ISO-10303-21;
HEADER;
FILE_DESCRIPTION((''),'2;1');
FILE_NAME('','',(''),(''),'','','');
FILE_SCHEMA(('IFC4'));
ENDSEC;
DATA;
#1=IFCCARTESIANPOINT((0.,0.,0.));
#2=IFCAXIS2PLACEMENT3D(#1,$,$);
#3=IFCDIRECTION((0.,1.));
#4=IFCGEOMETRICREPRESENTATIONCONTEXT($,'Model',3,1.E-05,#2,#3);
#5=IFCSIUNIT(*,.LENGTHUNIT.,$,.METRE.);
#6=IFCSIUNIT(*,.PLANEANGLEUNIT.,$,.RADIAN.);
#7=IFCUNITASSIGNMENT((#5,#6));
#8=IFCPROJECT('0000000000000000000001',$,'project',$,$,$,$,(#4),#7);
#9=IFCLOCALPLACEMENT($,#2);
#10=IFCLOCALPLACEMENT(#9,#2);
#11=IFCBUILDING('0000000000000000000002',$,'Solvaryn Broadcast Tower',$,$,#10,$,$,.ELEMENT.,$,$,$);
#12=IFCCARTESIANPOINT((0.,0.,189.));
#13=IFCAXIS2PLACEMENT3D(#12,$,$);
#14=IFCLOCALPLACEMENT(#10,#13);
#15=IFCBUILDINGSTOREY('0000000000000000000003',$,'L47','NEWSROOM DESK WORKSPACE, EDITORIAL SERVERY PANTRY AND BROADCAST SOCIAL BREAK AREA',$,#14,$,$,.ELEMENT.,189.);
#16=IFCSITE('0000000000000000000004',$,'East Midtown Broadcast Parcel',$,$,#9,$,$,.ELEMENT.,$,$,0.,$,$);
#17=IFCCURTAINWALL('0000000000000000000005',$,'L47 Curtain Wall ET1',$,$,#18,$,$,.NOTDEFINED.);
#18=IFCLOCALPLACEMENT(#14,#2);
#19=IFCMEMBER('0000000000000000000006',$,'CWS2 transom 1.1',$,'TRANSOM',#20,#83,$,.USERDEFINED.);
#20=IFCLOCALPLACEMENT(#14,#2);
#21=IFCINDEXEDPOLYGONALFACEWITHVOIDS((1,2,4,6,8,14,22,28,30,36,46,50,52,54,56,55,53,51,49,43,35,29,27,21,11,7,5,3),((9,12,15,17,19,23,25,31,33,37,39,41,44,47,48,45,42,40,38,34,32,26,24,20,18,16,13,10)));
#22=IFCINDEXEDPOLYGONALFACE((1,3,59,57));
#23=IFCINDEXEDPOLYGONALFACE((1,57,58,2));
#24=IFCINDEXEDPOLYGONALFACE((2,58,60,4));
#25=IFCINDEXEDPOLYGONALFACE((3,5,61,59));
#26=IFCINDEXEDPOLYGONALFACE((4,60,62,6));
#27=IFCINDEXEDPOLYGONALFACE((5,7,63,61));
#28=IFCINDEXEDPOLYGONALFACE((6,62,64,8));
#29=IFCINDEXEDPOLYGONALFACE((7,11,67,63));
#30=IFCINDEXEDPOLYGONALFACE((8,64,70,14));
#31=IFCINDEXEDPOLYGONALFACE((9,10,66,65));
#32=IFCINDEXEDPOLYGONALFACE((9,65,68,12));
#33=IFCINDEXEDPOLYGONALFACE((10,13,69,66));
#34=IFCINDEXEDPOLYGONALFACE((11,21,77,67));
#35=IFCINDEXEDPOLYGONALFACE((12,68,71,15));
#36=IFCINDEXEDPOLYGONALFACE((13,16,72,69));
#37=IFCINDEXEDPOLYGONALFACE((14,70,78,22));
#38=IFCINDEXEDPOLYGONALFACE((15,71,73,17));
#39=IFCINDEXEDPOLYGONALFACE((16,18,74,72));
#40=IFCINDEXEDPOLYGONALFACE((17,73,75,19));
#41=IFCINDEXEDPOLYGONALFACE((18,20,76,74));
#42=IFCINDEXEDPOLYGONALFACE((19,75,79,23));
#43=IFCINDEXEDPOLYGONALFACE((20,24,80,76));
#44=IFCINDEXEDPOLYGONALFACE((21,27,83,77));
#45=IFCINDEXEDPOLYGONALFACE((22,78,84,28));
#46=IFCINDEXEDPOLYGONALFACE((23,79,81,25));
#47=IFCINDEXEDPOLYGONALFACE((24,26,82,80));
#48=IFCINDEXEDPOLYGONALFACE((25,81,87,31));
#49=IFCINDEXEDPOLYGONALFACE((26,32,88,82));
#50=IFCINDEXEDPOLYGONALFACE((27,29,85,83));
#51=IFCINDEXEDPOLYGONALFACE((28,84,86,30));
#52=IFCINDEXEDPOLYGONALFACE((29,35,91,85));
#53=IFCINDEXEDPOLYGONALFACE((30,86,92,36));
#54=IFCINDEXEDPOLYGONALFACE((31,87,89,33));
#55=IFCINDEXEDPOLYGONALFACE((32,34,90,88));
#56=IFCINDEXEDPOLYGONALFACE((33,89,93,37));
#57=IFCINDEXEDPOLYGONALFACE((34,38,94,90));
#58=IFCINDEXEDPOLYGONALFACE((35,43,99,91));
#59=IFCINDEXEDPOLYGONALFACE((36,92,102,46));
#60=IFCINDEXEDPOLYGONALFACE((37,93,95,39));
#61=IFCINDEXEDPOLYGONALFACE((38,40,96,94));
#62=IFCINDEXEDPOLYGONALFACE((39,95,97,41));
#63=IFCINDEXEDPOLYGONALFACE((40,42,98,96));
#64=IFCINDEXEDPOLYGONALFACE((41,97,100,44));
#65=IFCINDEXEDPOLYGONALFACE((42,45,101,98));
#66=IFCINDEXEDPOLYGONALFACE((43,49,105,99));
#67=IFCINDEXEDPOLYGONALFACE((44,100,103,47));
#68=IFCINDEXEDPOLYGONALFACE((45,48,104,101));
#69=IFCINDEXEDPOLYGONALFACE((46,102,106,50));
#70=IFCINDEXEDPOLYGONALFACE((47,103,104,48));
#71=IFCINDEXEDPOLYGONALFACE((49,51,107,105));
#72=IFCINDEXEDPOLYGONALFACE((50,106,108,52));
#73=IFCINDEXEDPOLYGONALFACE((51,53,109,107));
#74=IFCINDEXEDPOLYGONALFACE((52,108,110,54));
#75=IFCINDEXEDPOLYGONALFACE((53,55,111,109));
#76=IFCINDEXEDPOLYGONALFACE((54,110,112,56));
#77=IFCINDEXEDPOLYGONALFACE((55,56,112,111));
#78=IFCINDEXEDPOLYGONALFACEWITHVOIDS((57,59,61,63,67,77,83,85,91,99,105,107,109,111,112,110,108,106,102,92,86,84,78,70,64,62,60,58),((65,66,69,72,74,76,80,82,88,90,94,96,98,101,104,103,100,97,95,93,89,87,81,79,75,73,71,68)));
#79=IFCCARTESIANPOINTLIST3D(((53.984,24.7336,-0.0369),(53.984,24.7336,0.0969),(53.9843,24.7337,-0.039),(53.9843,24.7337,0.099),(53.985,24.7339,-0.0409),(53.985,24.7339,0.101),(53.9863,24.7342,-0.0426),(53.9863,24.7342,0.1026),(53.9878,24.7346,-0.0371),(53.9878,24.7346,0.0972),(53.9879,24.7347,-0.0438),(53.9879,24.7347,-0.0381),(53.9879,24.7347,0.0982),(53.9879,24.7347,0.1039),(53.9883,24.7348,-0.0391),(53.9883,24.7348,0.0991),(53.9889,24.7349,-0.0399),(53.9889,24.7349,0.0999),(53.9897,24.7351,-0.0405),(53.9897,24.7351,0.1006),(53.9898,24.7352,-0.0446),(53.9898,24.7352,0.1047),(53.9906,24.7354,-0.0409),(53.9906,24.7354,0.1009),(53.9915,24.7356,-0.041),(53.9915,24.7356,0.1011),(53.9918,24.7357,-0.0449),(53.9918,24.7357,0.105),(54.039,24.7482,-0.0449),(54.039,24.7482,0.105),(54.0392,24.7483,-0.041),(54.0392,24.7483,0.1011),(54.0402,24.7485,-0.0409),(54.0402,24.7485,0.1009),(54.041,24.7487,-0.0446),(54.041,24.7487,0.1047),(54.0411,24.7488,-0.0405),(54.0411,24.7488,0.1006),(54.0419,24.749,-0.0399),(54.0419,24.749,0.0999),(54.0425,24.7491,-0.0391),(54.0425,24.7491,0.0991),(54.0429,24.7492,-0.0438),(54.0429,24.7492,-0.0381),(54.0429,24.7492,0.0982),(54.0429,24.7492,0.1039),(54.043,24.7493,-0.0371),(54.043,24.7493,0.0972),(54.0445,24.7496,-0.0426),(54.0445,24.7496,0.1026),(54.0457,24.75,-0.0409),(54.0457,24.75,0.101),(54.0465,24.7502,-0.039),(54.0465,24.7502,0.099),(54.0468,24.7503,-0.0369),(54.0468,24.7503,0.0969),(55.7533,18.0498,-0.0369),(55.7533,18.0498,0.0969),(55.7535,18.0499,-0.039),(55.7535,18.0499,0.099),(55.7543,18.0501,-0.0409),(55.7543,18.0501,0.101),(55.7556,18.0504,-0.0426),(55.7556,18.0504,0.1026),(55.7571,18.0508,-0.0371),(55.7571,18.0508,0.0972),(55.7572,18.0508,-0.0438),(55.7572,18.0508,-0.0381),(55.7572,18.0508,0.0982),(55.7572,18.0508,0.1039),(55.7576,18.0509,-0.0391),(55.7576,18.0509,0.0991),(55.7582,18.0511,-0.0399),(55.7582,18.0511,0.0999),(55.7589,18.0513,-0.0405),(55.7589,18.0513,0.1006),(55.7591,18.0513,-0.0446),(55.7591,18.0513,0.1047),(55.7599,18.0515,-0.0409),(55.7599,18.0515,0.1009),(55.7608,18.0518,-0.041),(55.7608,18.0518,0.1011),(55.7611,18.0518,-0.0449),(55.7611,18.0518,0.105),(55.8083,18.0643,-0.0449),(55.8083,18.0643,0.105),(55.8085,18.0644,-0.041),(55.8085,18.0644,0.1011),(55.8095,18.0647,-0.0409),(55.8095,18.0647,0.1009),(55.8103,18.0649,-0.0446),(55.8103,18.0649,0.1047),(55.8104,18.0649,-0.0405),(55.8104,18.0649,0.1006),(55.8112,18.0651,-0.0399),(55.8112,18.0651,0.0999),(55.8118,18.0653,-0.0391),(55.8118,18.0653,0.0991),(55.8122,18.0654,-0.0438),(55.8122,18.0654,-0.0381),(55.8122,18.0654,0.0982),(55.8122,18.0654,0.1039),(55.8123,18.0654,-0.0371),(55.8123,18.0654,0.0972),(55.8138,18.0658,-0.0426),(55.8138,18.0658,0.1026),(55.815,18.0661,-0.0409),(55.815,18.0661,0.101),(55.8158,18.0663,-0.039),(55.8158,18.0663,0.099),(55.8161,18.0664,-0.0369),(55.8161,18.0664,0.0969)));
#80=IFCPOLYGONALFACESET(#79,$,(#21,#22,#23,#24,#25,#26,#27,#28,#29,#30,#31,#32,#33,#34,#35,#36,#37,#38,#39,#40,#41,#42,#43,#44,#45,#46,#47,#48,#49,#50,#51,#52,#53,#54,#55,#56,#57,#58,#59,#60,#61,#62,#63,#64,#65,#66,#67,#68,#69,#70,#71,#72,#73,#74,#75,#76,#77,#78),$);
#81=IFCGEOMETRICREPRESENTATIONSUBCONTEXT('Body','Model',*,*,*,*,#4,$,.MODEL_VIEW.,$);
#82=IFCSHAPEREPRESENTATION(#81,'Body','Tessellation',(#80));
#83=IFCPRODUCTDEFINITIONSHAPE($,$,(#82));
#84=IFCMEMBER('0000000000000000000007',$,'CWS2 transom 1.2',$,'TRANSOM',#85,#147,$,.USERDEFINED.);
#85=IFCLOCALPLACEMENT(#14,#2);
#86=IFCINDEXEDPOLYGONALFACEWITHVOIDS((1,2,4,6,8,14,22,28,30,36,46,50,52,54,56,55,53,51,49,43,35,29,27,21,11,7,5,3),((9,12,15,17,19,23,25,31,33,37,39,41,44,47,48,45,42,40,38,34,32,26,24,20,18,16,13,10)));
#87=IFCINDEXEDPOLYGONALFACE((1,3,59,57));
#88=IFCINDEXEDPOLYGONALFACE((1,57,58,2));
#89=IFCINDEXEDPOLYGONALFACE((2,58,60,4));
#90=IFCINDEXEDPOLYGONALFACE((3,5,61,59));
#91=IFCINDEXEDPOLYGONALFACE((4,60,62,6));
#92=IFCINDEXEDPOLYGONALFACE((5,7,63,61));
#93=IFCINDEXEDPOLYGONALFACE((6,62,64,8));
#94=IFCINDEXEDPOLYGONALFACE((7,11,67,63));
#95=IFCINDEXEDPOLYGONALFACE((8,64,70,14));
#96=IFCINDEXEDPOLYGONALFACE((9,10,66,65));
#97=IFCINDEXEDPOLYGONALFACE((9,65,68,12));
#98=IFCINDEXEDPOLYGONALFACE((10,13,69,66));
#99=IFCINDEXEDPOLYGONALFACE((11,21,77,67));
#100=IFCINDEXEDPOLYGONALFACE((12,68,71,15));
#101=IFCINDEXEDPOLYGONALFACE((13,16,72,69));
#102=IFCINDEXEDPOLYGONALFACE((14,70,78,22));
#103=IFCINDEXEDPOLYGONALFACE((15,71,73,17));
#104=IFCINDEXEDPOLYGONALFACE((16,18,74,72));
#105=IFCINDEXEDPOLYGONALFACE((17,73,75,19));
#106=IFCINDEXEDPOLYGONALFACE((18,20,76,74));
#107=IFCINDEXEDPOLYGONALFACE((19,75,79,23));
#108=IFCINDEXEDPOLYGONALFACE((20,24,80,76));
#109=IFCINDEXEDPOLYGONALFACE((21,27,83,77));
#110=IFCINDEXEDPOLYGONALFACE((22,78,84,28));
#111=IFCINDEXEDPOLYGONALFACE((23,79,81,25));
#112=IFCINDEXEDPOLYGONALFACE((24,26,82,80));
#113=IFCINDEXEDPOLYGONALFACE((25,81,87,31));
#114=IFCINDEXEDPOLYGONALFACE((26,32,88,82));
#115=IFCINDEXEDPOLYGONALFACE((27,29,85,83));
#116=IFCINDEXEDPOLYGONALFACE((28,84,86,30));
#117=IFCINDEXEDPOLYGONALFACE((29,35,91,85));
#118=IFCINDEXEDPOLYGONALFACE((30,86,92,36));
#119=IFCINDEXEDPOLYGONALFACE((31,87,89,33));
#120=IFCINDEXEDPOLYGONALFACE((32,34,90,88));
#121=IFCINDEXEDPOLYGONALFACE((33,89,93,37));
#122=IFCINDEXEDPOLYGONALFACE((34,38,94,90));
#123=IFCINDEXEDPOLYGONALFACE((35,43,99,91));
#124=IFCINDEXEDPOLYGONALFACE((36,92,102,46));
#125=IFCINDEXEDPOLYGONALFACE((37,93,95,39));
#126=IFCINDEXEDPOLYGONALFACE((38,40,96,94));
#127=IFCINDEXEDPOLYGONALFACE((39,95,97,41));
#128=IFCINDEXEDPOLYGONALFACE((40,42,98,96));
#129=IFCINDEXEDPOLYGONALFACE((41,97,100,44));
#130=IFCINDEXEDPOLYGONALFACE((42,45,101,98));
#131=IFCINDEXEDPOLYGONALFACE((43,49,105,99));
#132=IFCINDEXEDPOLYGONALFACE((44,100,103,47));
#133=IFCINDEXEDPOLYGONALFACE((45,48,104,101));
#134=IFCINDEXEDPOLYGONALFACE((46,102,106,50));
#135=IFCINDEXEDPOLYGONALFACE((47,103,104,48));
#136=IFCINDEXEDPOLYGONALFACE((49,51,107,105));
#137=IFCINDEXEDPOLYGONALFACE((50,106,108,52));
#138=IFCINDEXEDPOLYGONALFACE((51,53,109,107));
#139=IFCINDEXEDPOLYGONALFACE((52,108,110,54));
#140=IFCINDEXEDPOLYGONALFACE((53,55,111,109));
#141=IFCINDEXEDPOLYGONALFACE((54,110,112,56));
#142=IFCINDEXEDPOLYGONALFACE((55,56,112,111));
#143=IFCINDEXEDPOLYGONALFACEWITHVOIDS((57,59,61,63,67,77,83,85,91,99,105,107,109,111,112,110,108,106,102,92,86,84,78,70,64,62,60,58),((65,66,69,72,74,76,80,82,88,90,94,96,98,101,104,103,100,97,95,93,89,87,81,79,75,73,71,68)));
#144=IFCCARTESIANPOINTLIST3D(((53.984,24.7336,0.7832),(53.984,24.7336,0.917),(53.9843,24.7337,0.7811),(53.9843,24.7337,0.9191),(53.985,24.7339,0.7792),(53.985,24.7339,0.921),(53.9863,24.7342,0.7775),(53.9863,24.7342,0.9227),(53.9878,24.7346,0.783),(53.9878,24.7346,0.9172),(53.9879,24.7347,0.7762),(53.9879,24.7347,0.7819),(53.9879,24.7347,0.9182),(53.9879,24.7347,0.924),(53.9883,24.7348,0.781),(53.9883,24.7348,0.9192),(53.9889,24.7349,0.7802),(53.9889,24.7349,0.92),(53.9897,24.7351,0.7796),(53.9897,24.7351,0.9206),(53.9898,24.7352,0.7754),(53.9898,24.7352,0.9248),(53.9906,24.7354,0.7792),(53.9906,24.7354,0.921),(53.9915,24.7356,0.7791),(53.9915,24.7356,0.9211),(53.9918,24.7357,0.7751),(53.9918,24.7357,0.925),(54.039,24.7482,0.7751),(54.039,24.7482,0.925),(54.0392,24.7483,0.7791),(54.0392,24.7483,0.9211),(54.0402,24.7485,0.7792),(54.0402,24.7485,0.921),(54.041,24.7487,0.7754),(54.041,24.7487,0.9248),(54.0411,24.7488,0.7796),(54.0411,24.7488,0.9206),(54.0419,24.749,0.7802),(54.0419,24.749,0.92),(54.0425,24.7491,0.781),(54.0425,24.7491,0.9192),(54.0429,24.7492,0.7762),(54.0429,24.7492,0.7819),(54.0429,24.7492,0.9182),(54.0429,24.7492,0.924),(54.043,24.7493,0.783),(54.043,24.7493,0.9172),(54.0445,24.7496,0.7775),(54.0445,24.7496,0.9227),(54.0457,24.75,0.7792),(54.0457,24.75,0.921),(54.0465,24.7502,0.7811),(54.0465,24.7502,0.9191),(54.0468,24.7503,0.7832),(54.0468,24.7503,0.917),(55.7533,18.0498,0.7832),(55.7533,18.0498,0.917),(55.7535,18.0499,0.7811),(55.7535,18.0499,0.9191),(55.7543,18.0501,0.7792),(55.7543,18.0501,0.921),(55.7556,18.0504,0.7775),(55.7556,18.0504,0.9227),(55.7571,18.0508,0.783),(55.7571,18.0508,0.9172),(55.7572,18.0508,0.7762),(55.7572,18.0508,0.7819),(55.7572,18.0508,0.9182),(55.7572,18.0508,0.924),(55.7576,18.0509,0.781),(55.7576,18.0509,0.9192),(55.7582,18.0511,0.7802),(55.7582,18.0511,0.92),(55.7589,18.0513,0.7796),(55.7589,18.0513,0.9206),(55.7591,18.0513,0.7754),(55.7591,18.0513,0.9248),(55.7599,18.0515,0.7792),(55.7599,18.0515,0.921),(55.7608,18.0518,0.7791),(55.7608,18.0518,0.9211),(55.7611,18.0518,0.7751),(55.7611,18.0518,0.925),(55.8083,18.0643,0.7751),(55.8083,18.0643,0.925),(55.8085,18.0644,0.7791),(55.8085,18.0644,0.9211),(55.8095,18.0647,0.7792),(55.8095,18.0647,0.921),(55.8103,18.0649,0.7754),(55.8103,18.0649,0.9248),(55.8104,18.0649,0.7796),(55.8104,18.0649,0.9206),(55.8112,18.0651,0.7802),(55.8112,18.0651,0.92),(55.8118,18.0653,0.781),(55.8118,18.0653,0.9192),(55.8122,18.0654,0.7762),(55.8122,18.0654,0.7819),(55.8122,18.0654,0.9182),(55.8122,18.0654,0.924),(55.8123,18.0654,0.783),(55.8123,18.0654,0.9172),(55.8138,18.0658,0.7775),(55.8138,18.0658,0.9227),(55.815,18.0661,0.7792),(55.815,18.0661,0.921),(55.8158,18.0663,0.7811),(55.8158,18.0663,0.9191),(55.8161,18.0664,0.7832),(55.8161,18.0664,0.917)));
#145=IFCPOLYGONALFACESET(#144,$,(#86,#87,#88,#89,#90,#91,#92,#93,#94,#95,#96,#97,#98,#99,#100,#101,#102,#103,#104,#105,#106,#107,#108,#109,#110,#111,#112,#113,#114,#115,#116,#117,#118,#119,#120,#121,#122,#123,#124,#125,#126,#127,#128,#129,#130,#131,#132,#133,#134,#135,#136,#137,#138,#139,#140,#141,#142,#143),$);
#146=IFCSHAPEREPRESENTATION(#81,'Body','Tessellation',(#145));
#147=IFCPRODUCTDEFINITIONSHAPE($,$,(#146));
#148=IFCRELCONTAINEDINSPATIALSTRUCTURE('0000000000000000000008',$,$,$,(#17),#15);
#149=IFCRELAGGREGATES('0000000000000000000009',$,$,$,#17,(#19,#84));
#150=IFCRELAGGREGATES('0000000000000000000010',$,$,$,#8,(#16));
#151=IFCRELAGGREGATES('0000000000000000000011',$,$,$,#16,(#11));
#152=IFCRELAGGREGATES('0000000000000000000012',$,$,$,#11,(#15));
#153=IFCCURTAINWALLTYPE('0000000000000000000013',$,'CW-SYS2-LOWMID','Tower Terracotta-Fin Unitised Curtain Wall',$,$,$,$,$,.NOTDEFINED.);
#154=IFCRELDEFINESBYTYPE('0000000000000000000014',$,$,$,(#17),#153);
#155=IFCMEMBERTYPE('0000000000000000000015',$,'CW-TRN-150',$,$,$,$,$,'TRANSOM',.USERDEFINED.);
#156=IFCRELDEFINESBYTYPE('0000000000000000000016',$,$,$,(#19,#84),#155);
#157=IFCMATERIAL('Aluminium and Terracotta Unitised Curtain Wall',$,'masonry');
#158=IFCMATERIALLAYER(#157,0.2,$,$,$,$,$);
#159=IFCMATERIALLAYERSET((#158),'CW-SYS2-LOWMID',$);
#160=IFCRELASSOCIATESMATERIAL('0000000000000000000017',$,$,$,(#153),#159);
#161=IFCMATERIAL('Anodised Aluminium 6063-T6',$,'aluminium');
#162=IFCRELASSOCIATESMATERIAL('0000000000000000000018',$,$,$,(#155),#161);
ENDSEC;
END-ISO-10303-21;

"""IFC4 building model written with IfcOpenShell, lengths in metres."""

from ifc_helpers import new_model, si_unit, direction, frame, origin, origin_2d, place, context, subcontext, project, spatial, hollow_rectangle, extrude, material, layer, layer_set, material_profile, profile_set, type_object, element, aggregate, save


model = new_model("IFC4")

# Units and contexts
model_context = context("Model", 3, precision=1e-05, world=origin(), true_north=direction((0.0, 1.0)))
body_context = subcontext(model_context, "Body", "Model", "MODEL_VIEW")
ifc_project = project(units=[si_unit("LENGTHUNIT", "METRE"), si_unit("PLANEANGLEUNIT", "RADIAN")], contexts=[model_context])

# Site, building, storey
site_placement = place(None, origin())
site = spatial("IfcSite", under=ifc_project, at=site_placement, Name="East Midtown Broadcast Parcel", CompositionType="ELEMENT", RefElevation=0.0)
building_placement = place(site_placement, origin())
building = spatial("IfcBuilding", under=site, at=building_placement, Name="Solvaryn Broadcast Tower", CompositionType="ELEMENT")
storey_placement = place(building_placement, frame((0.0, 0.0, 189.0)))
storey = spatial("IfcBuildingStorey", under=building, at=storey_placement, Name="L47", Description="NEWSROOM DESK WORKSPACE, EDITORIAL SERVERY PANTRY AND BROADCAST SOCIAL BREAK AREA", CompositionType="ELEMENT", Elevation=189.0)

# Curtain wall
ifc_material_1 = material(Name="Aluminium and Terracotta Unitised Curtain Wall", Category="masonry")
ifc_layer_1 = layer(ifc_material_1, 0.2)
ifc_layer_set_1 = layer_set([ifc_layer_1], Name="CW-SYS2-LOWMID")
curtain_wall_type = type_object("IfcCurtainWallType", Name="CW-SYS2-LOWMID", Description="Tower Terracotta-Fin Unitised Curtain Wall", PredefinedType="NOTDEFINED", material=ifc_layer_set_1)
curtain_wall_1_placement = place(storey_placement, origin())
curtain_wall_1 = element("IfcCurtainWall", 1, at=curtain_wall_1_placement, inside=storey, type_object=curtain_wall_type, Name="L47 Curtain Wall ET1", PredefinedType="NOTDEFINED")

# Members
ifc_material_2 = material(Name="Anodised Aluminium 6063-T6", Category="aluminium")
ifc_material_profile_1 = material_profile(ifc_material_2, hollow_rectangle(XDim=0.0649, YDim=0.1499, WallThickness=0.0039, InnerFilletRadius=0.0039, OuterFilletRadius=0.0081, at=origin_2d()))
ifc_profile_set_1 = profile_set([ifc_material_profile_1], Name="Anodised Aluminium 6063-T6")
member_type_1 = type_object("IfcMemberType", Name="CW-TRN-150", ElementType="TRANSOM", PredefinedType="USERDEFINED", material=ifc_profile_set_1)
member_1_placement = place(storey_placement, frame((54.0154, 24.7419, 0.03), z_axis=(0.255897, -0.966704, 0.0), x_axis=(0.966704, 0.255897, 0.0)))
member_1 = element("IfcMember", 2, at=member_1_placement, type_object=member_type_1, Name="CWS2 transom 1.1", ObjectType="TRANSOM", PredefinedType="USERDEFINED", context=body_context, shape_type="SweptSolid", body=[
    extrude(hollow_rectangle(XDim=0.0649, YDim=0.1499, WallThickness=0.0039, InnerFilletRadius=0.0039, OuterFilletRadius=0.0081, at=origin_2d()), origin(), (0.0, 0.0, 1.0), 6.9141),
])
member_2_placement = place(storey_placement, frame((54.0154, 24.7419, 0.8501), z_axis=(0.255897, -0.966704, 0.0), x_axis=(0.966704, 0.255897, 0.0)))
member_2 = element("IfcMember", 3, at=member_2_placement, type_object=member_type_1, Name="CWS2 transom 1.2", ObjectType="TRANSOM", PredefinedType="USERDEFINED", context=body_context, shape_type="SweptSolid", body=[
    extrude(hollow_rectangle(XDim=0.0649, YDim=0.1499, WallThickness=0.0039, InnerFilletRadius=0.0039, OuterFilletRadius=0.0081, at=origin_2d()), origin(), (0.0, 0.0, 1.0), 6.9141),
])

aggregate(curtain_wall_1, [member_1, member_2])

save(model, "model.ifc")
